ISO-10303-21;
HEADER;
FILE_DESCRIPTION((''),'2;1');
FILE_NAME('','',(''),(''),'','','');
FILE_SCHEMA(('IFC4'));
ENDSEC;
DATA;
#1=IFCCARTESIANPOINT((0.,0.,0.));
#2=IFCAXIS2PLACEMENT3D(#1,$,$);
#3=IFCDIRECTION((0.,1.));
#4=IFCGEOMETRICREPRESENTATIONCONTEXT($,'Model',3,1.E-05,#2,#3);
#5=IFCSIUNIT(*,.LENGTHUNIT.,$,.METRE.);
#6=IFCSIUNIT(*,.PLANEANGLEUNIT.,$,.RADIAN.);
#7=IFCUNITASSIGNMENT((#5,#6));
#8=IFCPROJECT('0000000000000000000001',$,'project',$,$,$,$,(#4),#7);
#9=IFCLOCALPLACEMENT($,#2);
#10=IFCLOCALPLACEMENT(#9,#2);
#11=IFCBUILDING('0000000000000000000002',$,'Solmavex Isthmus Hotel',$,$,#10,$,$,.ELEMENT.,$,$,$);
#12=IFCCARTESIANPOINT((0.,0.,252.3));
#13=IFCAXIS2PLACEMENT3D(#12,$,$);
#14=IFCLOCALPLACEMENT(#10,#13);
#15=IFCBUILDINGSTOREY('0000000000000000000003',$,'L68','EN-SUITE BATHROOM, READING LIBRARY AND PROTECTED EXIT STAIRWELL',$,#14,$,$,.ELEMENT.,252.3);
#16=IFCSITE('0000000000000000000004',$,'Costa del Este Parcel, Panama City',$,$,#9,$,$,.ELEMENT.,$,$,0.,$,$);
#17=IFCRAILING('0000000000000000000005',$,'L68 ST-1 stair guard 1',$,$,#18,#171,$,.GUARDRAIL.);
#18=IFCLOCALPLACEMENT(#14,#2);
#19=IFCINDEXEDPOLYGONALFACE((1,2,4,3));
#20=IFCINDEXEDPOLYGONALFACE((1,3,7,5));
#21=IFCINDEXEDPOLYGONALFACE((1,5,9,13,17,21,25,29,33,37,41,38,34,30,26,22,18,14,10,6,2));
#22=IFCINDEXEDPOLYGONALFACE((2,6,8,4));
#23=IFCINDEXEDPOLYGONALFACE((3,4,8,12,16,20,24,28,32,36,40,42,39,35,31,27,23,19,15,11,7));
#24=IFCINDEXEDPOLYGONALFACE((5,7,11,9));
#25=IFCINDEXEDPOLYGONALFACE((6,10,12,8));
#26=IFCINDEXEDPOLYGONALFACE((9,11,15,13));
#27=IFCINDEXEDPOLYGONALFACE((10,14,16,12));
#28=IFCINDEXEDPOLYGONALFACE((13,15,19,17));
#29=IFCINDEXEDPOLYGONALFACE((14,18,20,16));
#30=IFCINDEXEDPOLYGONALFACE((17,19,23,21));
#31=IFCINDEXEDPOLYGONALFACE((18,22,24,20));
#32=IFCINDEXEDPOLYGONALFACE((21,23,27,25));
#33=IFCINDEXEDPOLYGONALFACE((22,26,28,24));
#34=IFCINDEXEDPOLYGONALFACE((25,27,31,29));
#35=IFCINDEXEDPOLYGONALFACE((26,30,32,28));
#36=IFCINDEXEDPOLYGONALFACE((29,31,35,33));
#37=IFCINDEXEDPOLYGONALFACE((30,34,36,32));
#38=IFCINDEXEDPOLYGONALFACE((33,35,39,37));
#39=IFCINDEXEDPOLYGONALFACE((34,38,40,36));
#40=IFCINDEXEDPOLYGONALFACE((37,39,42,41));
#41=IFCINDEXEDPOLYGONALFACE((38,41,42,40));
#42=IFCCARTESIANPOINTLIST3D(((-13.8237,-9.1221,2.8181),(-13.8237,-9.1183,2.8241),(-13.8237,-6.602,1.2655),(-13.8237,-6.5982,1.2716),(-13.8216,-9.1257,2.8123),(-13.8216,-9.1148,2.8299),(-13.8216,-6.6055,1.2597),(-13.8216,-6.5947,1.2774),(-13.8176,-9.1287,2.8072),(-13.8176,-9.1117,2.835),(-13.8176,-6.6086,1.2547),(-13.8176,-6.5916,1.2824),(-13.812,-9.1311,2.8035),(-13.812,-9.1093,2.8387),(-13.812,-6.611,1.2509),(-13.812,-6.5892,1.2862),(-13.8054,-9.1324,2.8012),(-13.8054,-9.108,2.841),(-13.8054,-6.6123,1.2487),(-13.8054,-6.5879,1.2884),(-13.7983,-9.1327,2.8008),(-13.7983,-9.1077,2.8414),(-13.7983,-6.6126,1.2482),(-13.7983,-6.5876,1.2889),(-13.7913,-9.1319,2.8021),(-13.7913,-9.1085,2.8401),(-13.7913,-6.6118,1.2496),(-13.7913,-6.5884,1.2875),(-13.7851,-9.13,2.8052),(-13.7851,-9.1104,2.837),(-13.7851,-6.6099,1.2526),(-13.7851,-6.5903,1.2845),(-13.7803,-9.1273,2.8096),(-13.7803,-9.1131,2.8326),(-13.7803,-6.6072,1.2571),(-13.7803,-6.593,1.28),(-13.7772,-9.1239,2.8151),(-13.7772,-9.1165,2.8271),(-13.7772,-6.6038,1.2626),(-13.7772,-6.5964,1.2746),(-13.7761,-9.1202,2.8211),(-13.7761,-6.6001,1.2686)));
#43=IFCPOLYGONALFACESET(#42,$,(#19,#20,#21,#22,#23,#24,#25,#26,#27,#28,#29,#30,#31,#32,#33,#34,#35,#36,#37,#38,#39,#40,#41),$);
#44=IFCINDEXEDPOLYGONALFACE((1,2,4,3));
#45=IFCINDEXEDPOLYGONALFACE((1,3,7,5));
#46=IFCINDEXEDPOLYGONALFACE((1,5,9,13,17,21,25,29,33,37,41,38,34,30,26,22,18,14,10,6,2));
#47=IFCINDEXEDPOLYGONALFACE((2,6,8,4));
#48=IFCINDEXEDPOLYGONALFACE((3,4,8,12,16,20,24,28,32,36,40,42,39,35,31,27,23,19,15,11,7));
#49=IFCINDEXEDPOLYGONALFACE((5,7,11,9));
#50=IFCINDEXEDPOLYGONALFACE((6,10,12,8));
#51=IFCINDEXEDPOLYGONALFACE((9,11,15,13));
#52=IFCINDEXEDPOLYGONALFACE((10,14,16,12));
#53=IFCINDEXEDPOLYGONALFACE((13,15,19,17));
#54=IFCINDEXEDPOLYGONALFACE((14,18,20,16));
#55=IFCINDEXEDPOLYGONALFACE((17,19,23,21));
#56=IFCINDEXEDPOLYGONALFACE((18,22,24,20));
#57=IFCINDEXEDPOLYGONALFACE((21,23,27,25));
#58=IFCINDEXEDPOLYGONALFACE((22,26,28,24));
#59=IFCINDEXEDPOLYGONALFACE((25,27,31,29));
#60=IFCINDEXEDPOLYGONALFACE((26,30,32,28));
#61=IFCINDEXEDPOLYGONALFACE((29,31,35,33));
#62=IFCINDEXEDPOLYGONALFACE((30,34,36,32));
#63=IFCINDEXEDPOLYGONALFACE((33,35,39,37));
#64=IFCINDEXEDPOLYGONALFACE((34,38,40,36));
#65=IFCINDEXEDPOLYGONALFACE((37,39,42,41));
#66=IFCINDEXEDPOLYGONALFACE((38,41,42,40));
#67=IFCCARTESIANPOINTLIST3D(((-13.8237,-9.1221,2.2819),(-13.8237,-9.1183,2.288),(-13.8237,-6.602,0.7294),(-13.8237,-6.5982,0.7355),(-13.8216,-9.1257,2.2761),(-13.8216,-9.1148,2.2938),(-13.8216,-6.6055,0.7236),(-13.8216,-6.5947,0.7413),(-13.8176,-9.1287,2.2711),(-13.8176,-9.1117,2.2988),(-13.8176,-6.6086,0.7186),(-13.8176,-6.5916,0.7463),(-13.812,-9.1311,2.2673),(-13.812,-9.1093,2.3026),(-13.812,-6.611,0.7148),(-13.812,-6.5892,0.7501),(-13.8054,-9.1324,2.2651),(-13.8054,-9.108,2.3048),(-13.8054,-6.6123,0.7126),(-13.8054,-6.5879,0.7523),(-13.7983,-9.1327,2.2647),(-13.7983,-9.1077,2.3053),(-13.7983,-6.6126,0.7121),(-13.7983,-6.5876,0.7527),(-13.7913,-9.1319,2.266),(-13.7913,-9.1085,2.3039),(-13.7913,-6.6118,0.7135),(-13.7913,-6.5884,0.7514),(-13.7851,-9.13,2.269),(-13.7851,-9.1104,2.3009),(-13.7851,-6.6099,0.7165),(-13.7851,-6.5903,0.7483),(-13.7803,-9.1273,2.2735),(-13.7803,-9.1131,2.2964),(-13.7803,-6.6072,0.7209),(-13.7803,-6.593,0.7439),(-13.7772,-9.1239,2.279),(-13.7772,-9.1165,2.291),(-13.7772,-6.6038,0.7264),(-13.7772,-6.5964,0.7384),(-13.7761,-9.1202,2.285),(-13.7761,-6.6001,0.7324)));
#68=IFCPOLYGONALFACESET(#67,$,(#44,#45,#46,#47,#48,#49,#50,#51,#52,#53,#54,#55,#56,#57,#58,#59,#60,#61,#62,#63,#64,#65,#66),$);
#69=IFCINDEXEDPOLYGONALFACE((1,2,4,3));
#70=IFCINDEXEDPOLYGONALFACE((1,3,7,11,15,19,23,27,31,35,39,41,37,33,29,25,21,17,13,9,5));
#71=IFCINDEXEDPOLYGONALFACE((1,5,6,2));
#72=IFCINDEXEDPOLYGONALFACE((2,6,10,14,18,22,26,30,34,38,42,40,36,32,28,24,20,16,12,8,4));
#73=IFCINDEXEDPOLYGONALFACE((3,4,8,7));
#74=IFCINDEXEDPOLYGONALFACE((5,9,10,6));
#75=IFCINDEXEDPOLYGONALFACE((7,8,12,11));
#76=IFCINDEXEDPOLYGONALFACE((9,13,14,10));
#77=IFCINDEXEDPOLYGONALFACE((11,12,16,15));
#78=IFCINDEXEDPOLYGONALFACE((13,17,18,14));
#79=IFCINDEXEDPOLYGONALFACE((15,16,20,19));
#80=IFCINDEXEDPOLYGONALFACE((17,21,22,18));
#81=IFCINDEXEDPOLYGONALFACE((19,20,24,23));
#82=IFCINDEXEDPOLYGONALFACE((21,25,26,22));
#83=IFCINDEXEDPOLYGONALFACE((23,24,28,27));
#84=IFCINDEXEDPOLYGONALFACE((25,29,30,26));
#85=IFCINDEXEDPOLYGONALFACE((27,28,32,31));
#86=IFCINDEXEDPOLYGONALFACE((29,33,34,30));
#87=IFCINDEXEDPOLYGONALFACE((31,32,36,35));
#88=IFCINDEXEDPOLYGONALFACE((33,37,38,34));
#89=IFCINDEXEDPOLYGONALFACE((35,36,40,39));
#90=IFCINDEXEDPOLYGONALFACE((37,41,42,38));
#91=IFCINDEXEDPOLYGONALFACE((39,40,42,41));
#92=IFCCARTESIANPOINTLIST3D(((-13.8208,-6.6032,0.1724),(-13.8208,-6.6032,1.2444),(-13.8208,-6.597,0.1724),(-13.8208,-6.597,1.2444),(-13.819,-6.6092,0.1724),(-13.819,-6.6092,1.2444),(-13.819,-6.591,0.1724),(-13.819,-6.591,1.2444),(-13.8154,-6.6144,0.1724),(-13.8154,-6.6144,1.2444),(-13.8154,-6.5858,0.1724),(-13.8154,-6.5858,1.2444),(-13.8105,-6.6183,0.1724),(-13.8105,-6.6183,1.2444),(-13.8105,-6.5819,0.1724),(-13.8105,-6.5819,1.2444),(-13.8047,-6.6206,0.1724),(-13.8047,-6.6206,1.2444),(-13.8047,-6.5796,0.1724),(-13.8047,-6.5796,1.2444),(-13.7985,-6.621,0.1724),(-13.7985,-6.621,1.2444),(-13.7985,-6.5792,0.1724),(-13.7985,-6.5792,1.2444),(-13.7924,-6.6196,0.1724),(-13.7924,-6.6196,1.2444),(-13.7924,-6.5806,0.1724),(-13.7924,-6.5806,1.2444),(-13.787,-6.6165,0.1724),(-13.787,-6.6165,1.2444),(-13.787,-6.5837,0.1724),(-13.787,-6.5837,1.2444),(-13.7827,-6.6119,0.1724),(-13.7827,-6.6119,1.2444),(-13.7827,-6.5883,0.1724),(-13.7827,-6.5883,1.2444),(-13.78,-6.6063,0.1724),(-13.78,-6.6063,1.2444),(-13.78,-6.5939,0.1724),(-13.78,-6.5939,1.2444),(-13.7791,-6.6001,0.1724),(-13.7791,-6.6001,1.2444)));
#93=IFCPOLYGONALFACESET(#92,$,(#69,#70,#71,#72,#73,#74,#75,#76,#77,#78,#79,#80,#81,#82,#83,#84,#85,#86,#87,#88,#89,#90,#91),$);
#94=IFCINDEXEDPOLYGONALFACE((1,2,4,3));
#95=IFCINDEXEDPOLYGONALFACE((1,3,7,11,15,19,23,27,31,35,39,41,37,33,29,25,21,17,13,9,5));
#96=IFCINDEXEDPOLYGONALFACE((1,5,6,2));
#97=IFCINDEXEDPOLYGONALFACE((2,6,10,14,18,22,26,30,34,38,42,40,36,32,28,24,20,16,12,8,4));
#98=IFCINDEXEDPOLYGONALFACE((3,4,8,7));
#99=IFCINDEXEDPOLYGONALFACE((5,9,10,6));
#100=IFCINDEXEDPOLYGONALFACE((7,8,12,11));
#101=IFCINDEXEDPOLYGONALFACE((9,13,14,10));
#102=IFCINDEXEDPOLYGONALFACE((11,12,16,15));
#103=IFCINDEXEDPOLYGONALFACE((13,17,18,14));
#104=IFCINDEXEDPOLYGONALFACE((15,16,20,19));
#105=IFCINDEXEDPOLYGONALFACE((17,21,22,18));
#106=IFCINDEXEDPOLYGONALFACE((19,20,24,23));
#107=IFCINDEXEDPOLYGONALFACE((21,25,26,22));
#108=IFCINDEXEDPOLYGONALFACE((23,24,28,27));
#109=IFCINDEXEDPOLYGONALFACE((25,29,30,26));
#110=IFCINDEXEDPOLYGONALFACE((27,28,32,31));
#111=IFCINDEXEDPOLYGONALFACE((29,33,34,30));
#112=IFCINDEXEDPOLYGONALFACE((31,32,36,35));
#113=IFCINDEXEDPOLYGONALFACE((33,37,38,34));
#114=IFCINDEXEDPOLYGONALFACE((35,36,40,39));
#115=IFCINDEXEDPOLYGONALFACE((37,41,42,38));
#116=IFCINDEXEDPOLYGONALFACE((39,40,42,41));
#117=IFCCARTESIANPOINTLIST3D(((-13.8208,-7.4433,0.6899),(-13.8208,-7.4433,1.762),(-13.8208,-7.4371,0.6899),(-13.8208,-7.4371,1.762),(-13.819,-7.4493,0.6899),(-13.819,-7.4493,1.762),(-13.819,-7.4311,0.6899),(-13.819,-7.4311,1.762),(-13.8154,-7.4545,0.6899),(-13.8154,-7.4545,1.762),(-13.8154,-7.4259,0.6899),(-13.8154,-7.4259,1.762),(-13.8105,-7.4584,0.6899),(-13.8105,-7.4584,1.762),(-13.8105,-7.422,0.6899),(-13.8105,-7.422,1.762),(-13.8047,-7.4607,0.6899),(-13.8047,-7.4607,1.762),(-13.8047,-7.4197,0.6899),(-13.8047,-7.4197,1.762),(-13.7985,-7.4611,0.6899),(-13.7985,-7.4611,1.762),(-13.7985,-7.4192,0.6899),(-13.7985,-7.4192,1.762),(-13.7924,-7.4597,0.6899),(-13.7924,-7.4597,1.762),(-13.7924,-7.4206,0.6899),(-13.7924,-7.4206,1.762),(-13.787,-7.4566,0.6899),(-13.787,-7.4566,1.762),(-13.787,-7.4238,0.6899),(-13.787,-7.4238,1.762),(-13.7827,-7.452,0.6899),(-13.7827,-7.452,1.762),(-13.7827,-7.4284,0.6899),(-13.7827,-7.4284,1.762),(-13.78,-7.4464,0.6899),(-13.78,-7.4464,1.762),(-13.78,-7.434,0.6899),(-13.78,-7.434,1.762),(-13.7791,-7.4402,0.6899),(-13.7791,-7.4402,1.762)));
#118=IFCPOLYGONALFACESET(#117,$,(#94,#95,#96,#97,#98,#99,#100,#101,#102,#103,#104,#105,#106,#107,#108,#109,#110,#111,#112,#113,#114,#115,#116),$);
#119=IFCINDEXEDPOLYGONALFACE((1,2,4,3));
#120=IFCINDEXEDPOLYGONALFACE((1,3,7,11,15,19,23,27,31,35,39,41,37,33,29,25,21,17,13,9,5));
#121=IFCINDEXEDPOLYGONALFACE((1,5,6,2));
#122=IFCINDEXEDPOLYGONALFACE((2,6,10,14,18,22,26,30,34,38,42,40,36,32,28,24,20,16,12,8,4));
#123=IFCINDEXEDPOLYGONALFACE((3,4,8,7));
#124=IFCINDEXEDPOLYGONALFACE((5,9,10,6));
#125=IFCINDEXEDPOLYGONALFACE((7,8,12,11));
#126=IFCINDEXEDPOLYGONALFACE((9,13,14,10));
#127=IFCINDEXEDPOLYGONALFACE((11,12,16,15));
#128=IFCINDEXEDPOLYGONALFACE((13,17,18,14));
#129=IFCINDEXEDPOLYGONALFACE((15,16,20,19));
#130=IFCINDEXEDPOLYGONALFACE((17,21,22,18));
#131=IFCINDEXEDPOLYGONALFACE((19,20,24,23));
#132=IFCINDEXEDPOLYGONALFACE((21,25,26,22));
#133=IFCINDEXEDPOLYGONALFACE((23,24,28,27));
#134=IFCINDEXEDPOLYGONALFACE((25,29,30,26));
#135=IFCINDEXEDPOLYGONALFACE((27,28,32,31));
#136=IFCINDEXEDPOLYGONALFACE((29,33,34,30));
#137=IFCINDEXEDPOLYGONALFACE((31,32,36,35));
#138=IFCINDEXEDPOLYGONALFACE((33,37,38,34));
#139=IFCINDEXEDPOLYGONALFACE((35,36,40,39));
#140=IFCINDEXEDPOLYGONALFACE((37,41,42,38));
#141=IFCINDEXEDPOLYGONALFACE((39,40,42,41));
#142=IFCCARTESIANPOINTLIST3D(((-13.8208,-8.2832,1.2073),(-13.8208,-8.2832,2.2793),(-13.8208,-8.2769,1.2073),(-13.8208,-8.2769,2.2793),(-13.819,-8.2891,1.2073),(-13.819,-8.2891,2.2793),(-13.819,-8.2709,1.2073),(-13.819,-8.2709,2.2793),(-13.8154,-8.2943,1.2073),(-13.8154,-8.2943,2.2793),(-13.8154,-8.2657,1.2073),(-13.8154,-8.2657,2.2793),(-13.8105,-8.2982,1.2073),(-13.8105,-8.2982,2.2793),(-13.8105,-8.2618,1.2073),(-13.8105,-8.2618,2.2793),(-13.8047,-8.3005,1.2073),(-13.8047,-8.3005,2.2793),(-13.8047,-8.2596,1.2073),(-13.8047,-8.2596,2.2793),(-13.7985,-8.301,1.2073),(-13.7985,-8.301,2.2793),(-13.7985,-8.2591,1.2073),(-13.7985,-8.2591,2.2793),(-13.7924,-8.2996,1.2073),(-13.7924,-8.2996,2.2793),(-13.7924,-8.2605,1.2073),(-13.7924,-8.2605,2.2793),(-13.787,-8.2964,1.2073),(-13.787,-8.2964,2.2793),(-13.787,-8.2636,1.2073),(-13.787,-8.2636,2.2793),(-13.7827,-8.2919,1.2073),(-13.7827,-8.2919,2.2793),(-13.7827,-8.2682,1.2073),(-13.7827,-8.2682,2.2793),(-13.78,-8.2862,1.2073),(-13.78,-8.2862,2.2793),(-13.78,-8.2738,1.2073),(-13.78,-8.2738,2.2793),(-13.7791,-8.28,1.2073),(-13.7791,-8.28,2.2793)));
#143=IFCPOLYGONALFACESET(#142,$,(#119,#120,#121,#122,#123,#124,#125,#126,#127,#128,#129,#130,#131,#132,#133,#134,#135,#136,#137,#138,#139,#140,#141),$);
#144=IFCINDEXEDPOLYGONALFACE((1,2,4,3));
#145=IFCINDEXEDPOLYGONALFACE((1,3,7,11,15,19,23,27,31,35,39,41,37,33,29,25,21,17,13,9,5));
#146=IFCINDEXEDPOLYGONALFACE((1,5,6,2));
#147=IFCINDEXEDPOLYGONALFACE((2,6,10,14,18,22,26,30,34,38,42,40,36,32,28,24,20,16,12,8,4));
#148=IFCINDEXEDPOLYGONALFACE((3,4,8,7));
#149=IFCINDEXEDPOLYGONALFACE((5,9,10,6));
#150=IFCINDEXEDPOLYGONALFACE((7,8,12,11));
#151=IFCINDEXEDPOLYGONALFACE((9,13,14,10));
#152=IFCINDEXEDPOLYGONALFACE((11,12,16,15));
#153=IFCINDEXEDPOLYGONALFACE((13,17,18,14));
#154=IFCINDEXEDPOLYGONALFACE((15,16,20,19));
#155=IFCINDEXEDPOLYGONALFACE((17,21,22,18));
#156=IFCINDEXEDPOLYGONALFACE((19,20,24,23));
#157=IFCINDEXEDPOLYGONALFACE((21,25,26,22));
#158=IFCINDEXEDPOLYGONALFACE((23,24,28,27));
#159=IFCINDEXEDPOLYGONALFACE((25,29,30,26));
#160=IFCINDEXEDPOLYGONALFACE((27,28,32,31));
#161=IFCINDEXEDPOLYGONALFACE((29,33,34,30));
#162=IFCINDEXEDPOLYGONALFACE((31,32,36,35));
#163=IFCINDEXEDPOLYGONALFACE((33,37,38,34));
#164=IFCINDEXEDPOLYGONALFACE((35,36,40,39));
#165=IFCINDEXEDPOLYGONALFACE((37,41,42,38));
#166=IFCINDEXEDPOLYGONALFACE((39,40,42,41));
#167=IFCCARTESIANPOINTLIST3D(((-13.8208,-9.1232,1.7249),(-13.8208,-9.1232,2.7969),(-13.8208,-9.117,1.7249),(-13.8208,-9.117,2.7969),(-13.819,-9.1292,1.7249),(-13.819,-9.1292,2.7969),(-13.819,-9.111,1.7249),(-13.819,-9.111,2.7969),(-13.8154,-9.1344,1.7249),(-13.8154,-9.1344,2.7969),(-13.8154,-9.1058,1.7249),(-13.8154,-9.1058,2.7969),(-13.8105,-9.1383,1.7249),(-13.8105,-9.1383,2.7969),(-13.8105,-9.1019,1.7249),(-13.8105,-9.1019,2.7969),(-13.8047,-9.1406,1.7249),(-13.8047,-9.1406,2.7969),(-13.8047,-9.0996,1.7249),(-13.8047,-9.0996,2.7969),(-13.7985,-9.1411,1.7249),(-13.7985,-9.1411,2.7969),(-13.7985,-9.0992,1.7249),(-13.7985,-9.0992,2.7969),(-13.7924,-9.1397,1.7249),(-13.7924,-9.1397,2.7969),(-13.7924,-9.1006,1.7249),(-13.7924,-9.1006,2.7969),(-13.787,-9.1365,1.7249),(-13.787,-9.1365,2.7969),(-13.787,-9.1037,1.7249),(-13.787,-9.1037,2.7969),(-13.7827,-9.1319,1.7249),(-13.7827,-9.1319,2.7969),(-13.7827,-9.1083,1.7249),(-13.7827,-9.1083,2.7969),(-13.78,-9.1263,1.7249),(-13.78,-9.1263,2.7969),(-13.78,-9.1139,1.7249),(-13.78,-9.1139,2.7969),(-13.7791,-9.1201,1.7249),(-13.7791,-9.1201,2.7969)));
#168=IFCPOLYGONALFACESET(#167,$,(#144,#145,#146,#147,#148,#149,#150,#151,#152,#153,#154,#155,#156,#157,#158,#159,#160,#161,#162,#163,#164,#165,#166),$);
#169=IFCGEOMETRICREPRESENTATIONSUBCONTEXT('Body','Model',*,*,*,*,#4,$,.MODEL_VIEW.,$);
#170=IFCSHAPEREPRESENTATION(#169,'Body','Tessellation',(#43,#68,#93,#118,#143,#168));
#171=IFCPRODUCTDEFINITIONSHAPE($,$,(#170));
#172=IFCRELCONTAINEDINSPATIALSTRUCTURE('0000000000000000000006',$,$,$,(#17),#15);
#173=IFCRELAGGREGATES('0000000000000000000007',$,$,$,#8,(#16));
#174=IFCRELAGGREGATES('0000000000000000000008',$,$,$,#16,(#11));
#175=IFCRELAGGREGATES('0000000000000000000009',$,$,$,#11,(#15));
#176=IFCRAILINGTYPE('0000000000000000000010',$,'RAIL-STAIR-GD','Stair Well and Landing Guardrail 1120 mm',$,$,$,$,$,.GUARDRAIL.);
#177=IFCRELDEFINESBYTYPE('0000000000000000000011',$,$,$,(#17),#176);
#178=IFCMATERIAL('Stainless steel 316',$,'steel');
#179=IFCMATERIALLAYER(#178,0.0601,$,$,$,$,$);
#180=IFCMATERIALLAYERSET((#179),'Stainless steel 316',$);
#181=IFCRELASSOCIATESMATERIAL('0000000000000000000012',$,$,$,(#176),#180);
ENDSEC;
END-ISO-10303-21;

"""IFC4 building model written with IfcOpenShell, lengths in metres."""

from ifc_helpers import new_model, si_unit, direction, frame, origin, origin_2d, place, context, subcontext, project, spatial, circle, extrude, material, layer, layer_set, type_object, element, save


model = new_model("IFC4")

# Units and contexts
model_context = context("Model", 3, precision=1e-05, world=origin(), true_north=direction((0.0, 1.0)))
body_context = subcontext(model_context, "Body", "Model", "MODEL_VIEW")
ifc_project = project(units=[si_unit("LENGTHUNIT", "METRE"), si_unit("PLANEANGLEUNIT", "RADIAN")], contexts=[model_context])

# Site, building, storey
site_placement = place(None, origin())
site = spatial("IfcSite", under=ifc_project, at=site_placement, Name="Costa del Este Parcel, Panama City", CompositionType="ELEMENT", RefElevation=0.0)
building_placement = place(site_placement, origin())
building = spatial("IfcBuilding", under=site, at=building_placement, Name="Solmavex Isthmus Hotel", CompositionType="ELEMENT")
storey_placement = place(building_placement, frame((0.0, 0.0, 252.3)))
storey = spatial("IfcBuildingStorey", under=building, at=storey_placement, Name="L68", Description="EN-SUITE BATHROOM, READING LIBRARY AND PROTECTED EXIT STAIRWELL", CompositionType="ELEMENT", Elevation=252.3)

# Railing
ifc_material_1 = material(Name="Stainless steel 316", Category="steel")
ifc_layer_1 = layer(ifc_material_1, 0.0601)
ifc_layer_set_1 = layer_set([ifc_layer_1], Name="Stainless steel 316")
railing_type_1 = type_object("IfcRailingType", Name="RAIL-STAIR-GD", Description="Stair Well and Landing Guardrail 1120 mm", PredefinedType="GUARDRAIL", material=ifc_layer_set_1)
railing_1_placement = place(storey_placement, frame((-13.8, -6.6001, 0.1724)))
element("IfcRailing", 1, at=railing_1_placement, inside=storey, type_object=railing_type_1, Name="L68 ST-1 stair guard 1", PredefinedType="GUARDRAIL", context=body_context, shape_type="SweptSolid", body=[
    extrude(circle(Radius=0.0239, at=origin_2d()), frame((0.0, 0.0, 1.0962), z_axis=(0.0, -0.8514, 0.524516), x_axis=(1.0, 0.0, 0.0)), (0.0, 0.0, 1.0), 2.96),
    extrude(circle(Radius=0.0239, at=origin_2d()), frame((0.0, 0.0, 0.5601), z_axis=(0.0, -0.8514, 0.524516), x_axis=(1.0, 0.0, 0.0)), (0.0, 0.0, 1.0), 2.96),
    extrude(circle(Radius=0.021, at=origin_2d()), origin(), (0.0, 0.0, 1.0), 1.072),
    extrude(circle(Radius=0.021, at=origin_2d()), frame((0.0, -0.8401, 0.5176)), (0.0, 0.0, 1.0), 1.072),
    extrude(circle(Radius=0.021, at=origin_2d()), frame((0.0, -1.6799, 1.0349)), (0.0, 0.0, 1.0), 1.072),
    extrude(circle(Radius=0.021, at=origin_2d()), frame((0.0, -2.52, 1.5525)), (0.0, 0.0, 1.0), 1.072),
])

save(model, "model.ifc")
